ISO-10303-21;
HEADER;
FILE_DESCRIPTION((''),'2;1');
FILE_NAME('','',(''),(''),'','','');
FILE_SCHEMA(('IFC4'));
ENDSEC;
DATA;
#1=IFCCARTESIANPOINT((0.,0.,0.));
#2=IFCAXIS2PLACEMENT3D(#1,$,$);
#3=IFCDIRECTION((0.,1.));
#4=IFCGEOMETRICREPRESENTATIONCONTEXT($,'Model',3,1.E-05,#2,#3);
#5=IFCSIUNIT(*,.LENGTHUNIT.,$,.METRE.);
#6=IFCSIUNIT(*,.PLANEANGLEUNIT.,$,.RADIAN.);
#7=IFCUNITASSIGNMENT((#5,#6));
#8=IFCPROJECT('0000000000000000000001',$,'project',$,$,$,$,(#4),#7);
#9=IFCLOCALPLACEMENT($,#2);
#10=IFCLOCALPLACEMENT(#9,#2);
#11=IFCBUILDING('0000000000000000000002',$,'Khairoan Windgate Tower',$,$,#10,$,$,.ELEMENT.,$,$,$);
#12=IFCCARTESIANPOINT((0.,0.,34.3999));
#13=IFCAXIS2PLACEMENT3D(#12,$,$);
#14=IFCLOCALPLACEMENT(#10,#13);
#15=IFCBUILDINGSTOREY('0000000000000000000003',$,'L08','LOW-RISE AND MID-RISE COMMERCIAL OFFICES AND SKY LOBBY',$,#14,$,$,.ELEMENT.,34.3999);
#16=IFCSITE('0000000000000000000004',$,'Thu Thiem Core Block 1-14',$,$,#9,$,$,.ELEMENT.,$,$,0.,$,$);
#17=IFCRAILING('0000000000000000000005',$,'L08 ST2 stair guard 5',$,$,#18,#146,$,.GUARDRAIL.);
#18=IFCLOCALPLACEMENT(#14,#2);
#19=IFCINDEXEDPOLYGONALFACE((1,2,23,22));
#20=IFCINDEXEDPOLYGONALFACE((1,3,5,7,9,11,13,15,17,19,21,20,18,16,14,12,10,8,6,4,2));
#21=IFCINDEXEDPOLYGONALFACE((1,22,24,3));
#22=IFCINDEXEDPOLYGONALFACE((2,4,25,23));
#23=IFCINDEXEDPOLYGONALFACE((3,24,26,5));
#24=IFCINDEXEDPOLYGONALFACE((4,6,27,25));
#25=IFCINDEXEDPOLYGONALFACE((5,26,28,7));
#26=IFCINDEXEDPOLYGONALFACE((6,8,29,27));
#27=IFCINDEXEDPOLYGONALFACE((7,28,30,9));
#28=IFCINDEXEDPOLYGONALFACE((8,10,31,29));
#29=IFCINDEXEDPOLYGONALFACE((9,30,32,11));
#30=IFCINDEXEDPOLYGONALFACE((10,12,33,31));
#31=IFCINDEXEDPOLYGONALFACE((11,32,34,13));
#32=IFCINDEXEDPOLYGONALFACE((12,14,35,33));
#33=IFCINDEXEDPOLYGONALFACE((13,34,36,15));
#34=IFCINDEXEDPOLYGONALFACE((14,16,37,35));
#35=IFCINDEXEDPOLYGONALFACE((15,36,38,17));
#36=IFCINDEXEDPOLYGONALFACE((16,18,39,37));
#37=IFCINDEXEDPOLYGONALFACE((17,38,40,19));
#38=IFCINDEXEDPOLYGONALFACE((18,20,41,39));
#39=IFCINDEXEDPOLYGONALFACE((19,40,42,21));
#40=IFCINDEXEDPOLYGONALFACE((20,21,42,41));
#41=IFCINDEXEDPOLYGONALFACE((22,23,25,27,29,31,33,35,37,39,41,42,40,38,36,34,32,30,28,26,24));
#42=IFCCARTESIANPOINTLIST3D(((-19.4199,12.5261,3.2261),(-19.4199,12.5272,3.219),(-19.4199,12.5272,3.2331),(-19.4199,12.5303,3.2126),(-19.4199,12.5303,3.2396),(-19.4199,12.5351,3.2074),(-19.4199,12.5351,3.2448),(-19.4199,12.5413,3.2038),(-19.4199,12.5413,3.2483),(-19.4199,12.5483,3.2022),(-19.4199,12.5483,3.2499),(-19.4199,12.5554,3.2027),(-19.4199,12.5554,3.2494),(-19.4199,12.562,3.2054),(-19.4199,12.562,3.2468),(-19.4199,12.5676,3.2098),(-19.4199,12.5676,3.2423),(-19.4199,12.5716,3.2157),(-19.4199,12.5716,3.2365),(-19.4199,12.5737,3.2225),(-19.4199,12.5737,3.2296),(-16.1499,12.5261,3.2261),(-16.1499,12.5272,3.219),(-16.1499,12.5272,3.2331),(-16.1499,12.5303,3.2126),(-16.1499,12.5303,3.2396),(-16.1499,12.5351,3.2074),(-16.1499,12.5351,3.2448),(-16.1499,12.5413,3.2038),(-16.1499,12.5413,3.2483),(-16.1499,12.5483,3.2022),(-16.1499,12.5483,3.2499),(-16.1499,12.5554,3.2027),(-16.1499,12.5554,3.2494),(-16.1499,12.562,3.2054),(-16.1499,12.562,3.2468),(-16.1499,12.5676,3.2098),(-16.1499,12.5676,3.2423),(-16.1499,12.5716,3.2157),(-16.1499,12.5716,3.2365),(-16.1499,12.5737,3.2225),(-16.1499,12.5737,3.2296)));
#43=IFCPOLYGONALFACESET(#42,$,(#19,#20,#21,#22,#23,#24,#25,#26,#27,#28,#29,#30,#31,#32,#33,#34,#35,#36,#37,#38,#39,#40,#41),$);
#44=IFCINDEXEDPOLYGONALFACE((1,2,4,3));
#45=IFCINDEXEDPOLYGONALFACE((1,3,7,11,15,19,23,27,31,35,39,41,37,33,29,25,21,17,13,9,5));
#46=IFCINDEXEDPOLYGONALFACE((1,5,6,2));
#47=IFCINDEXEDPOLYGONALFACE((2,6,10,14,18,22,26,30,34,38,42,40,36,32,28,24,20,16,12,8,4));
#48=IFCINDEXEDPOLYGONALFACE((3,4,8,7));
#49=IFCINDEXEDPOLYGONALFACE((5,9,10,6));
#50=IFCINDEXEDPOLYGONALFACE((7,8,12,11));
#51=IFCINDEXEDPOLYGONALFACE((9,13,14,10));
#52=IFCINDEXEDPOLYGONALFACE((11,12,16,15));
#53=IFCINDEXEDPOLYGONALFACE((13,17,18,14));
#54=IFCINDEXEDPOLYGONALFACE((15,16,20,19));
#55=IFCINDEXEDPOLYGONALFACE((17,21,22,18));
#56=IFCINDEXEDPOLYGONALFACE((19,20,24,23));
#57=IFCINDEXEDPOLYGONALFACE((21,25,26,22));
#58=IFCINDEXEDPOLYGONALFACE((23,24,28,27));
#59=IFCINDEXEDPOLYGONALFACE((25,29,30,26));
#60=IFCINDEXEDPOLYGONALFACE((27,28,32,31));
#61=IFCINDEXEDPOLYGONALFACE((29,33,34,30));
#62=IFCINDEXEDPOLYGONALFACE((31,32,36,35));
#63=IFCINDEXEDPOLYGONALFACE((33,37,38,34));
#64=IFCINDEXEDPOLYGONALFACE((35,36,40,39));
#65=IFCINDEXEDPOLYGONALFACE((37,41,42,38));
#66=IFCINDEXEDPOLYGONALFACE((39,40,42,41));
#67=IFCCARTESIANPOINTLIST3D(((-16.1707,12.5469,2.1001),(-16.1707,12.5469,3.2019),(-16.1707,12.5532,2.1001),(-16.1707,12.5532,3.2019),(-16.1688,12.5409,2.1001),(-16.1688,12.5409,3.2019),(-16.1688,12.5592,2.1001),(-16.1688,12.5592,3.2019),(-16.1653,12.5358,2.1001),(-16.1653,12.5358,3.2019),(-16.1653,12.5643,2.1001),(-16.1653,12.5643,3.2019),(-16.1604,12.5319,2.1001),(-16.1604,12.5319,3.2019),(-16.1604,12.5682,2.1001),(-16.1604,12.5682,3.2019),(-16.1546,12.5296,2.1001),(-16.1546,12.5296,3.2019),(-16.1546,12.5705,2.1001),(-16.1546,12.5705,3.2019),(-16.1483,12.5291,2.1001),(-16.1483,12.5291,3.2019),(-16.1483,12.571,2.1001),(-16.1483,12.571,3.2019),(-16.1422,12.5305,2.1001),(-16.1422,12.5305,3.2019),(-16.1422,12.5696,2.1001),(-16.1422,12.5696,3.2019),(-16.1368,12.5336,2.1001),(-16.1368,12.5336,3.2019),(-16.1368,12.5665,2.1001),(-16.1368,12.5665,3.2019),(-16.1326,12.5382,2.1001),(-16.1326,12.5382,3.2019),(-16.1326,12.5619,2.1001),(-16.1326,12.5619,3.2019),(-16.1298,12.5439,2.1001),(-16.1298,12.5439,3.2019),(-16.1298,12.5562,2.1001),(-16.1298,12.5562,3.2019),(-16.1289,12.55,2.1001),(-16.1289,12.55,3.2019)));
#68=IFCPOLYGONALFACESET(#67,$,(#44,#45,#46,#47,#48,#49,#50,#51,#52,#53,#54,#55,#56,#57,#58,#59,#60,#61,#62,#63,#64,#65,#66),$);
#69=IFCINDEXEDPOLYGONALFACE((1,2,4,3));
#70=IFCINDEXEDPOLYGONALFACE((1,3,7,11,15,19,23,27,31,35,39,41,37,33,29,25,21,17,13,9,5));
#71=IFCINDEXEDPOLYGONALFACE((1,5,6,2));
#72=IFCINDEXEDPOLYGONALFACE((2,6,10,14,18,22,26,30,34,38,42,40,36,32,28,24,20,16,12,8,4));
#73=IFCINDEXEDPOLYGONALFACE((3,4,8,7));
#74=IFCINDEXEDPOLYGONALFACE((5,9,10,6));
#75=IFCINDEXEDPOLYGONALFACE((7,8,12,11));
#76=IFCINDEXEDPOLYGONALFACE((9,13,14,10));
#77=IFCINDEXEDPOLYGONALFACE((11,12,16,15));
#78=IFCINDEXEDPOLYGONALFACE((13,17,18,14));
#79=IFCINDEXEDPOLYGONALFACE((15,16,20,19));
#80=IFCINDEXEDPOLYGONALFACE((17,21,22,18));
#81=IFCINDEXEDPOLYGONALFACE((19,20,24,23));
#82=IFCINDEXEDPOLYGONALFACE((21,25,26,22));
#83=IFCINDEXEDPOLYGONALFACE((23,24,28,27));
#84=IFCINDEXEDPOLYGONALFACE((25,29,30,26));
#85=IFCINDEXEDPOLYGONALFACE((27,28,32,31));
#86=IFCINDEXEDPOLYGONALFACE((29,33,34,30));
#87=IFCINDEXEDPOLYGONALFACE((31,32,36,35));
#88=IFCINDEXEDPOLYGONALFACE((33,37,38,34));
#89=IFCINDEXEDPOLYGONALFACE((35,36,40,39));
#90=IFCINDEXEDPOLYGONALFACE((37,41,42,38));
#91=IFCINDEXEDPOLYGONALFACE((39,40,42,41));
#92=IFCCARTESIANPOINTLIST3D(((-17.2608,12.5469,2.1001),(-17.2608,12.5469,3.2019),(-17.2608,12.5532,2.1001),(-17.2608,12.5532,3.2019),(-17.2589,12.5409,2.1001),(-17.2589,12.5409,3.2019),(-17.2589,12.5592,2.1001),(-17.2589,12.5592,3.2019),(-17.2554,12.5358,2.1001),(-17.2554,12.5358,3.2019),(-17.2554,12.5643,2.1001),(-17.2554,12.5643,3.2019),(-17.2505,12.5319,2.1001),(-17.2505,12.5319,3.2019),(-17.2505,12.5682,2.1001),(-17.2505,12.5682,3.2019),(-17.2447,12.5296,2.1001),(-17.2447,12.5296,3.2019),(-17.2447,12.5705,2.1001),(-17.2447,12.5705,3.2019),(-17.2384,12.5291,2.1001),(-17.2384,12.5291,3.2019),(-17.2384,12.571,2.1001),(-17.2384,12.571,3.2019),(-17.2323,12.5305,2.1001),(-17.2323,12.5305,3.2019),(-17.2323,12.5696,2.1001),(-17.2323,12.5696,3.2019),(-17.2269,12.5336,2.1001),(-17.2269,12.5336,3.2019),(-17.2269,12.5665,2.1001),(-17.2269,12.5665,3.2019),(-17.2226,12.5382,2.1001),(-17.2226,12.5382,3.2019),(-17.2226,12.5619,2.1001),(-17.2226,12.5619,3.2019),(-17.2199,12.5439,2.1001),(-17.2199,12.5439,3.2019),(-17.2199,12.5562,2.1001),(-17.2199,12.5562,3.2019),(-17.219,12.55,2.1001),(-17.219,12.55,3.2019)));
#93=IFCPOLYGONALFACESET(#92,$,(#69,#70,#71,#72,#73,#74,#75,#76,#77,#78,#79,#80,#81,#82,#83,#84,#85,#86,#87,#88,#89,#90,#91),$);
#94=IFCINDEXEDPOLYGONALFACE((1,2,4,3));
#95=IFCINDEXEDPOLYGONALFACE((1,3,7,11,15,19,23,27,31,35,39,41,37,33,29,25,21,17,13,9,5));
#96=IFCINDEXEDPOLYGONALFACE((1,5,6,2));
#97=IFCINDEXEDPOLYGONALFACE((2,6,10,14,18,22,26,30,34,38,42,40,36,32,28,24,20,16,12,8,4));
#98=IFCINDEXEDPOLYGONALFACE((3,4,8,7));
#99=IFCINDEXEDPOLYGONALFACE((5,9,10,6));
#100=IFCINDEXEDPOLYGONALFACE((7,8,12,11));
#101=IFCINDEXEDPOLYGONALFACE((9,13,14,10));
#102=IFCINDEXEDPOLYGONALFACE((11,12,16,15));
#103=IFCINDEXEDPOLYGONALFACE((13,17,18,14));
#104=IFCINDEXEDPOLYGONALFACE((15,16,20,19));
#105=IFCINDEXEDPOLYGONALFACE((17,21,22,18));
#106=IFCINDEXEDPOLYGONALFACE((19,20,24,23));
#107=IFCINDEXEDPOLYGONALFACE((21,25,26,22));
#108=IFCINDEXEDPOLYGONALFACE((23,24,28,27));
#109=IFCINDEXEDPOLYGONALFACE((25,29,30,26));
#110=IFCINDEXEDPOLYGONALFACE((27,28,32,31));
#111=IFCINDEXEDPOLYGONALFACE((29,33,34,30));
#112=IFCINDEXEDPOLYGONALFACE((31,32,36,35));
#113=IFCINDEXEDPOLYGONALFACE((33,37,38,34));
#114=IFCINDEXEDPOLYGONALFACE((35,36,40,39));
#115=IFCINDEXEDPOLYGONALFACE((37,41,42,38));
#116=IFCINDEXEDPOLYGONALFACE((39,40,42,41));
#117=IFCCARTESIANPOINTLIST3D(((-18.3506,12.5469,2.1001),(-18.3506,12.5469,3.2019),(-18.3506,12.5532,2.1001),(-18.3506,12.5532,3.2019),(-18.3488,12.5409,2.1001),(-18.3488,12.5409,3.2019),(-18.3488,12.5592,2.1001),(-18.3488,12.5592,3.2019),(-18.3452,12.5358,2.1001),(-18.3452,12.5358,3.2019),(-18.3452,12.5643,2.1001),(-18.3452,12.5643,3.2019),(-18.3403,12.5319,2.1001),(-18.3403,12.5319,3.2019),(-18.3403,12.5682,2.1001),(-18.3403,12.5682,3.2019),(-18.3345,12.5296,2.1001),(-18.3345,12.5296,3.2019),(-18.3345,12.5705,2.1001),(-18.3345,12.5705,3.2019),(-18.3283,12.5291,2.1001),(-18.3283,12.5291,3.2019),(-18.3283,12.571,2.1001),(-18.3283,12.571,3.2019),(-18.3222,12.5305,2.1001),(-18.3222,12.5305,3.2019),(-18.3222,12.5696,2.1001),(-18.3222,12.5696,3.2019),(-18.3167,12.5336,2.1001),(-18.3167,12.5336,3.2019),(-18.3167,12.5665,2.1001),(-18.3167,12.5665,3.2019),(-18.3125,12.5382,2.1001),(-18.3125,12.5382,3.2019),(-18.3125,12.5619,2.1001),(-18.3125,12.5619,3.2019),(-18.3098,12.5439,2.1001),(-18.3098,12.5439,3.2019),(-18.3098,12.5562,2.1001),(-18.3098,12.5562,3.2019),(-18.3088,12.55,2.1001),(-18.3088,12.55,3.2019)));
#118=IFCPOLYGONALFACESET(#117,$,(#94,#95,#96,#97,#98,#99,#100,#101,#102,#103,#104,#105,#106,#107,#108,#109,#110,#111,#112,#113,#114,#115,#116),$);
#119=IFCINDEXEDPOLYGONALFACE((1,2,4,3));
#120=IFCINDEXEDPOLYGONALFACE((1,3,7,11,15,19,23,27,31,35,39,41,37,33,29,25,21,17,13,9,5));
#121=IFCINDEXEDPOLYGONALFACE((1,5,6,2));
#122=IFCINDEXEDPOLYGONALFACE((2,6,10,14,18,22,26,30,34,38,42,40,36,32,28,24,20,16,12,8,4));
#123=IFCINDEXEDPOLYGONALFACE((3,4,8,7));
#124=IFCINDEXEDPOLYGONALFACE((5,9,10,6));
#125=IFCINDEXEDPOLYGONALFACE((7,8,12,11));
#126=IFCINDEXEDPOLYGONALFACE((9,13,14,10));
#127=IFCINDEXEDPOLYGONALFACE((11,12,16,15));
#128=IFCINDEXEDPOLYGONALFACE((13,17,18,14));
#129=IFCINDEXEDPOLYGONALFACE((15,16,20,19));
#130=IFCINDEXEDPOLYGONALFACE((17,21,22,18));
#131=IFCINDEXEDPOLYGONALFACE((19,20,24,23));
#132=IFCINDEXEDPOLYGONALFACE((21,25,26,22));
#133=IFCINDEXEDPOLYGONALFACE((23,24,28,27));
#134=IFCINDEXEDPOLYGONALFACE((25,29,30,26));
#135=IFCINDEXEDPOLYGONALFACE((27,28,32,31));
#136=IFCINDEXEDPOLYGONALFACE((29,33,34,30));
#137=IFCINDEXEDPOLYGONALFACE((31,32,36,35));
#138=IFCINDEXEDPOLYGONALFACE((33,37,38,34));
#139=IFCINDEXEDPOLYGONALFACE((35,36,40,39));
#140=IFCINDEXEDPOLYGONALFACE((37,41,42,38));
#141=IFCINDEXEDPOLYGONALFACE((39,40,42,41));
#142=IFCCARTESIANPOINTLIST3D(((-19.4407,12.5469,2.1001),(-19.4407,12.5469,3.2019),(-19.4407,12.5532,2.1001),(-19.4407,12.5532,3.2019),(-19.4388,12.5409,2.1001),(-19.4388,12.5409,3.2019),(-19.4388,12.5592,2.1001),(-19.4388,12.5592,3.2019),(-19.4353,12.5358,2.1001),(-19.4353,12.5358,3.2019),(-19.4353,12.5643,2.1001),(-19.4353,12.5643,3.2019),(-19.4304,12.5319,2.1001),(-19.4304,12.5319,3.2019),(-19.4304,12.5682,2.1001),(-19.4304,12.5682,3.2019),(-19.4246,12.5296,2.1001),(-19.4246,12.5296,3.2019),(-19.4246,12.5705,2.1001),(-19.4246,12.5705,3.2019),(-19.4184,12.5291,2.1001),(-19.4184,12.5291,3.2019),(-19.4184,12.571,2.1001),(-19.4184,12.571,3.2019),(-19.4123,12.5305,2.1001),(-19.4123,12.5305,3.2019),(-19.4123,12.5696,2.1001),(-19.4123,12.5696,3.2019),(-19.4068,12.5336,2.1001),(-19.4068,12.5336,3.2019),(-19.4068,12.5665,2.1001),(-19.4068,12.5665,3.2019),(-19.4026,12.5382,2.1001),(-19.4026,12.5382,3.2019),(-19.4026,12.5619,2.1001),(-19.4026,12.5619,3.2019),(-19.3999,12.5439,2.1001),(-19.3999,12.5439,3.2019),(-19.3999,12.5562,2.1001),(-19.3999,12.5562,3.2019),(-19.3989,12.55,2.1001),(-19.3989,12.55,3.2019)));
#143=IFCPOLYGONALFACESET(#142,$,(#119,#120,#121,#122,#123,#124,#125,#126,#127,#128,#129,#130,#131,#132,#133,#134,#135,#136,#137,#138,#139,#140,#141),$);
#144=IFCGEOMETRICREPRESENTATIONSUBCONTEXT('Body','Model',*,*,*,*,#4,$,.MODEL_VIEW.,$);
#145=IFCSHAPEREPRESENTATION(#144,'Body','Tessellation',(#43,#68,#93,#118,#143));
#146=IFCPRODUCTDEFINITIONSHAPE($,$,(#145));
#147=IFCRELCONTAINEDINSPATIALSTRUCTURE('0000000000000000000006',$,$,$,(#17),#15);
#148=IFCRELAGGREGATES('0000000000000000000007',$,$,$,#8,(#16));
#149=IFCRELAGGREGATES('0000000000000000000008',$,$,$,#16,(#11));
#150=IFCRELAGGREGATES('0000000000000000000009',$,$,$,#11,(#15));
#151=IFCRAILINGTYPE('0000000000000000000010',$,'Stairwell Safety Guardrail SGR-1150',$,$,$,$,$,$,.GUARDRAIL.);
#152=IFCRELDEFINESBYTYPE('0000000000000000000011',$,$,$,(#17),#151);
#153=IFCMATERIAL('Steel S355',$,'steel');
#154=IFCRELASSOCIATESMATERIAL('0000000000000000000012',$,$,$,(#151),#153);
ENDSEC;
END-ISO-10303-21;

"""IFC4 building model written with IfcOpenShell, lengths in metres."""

from ifc_helpers import new_model, si_unit, direction, frame, origin, origin_2d, place, context, subcontext, project, spatial, circle, extrude, material, type_object, element, save


model = new_model("IFC4")

# Units and contexts
model_context = context("Model", 3, precision=1e-05, world=origin(), true_north=direction((0.0, 1.0)))
body_context = subcontext(model_context, "Body", "Model", "MODEL_VIEW")
ifc_project = project(units=[si_unit("LENGTHUNIT", "METRE"), si_unit("PLANEANGLEUNIT", "RADIAN")], contexts=[model_context])

# Site, building, storey
site_placement = place(None, origin())
site = spatial("IfcSite", under=ifc_project, at=site_placement, Name="Thu Thiem Core Block 1-14", CompositionType="ELEMENT", RefElevation=0.0)
building_placement = place(site_placement, origin())
building = spatial("IfcBuilding", under=site, at=building_placement, Name="Khairoan Windgate Tower", CompositionType="ELEMENT")
storey_placement = place(building_placement, frame((0.0, 0.0, 34.3999)))
storey = spatial("IfcBuildingStorey", under=building, at=storey_placement, Name="L08", Description="LOW-RISE AND MID-RISE COMMERCIAL OFFICES AND SKY LOBBY", CompositionType="ELEMENT", Elevation=34.3999)

# Railing
ifc_material_1 = material(Name="Steel S355", Category="steel")
railing_type = type_object("IfcRailingType", Name="Stairwell Safety Guardrail SGR-1150", PredefinedType="GUARDRAIL", material=ifc_material_1)
railing_1_placement = place(storey_placement, frame((-16.1499, 12.55, 2.1001)))
element("IfcRailing", 1, at=railing_1_placement, inside=storey, type_object=railing_type, Name="L08 ST2 stair guard 5", PredefinedType="GUARDRAIL", context=body_context, shape_type="SweptSolid", body=[
    extrude(circle(Radius=0.0239, at=origin_2d()), frame((0.0, 0.0, 1.126), z_axis=(-1.0, 0.0, 0.0), x_axis=(0.0, -1.0, 0.0)), (0.0, 0.0, 1.0), 3.27),
    extrude(circle(Radius=0.021, at=origin_2d()), origin(), (0.0, 0.0, 1.0), 1.1018),
    extrude(circle(Radius=0.021, at=origin_2d()), frame((-1.0901, 0.0, 0.0)), (0.0, 0.0, 1.0), 1.1018),
    extrude(circle(Radius=0.021, at=origin_2d()), frame((-2.1799, 0.0, 0.0)), (0.0, 0.0, 1.0), 1.1018),
    extrude(circle(Radius=0.021, at=origin_2d()), frame((-3.27, 0.0, 0.0)), (0.0, 0.0, 1.0), 1.1018),
])

save(model, "model.ifc")
